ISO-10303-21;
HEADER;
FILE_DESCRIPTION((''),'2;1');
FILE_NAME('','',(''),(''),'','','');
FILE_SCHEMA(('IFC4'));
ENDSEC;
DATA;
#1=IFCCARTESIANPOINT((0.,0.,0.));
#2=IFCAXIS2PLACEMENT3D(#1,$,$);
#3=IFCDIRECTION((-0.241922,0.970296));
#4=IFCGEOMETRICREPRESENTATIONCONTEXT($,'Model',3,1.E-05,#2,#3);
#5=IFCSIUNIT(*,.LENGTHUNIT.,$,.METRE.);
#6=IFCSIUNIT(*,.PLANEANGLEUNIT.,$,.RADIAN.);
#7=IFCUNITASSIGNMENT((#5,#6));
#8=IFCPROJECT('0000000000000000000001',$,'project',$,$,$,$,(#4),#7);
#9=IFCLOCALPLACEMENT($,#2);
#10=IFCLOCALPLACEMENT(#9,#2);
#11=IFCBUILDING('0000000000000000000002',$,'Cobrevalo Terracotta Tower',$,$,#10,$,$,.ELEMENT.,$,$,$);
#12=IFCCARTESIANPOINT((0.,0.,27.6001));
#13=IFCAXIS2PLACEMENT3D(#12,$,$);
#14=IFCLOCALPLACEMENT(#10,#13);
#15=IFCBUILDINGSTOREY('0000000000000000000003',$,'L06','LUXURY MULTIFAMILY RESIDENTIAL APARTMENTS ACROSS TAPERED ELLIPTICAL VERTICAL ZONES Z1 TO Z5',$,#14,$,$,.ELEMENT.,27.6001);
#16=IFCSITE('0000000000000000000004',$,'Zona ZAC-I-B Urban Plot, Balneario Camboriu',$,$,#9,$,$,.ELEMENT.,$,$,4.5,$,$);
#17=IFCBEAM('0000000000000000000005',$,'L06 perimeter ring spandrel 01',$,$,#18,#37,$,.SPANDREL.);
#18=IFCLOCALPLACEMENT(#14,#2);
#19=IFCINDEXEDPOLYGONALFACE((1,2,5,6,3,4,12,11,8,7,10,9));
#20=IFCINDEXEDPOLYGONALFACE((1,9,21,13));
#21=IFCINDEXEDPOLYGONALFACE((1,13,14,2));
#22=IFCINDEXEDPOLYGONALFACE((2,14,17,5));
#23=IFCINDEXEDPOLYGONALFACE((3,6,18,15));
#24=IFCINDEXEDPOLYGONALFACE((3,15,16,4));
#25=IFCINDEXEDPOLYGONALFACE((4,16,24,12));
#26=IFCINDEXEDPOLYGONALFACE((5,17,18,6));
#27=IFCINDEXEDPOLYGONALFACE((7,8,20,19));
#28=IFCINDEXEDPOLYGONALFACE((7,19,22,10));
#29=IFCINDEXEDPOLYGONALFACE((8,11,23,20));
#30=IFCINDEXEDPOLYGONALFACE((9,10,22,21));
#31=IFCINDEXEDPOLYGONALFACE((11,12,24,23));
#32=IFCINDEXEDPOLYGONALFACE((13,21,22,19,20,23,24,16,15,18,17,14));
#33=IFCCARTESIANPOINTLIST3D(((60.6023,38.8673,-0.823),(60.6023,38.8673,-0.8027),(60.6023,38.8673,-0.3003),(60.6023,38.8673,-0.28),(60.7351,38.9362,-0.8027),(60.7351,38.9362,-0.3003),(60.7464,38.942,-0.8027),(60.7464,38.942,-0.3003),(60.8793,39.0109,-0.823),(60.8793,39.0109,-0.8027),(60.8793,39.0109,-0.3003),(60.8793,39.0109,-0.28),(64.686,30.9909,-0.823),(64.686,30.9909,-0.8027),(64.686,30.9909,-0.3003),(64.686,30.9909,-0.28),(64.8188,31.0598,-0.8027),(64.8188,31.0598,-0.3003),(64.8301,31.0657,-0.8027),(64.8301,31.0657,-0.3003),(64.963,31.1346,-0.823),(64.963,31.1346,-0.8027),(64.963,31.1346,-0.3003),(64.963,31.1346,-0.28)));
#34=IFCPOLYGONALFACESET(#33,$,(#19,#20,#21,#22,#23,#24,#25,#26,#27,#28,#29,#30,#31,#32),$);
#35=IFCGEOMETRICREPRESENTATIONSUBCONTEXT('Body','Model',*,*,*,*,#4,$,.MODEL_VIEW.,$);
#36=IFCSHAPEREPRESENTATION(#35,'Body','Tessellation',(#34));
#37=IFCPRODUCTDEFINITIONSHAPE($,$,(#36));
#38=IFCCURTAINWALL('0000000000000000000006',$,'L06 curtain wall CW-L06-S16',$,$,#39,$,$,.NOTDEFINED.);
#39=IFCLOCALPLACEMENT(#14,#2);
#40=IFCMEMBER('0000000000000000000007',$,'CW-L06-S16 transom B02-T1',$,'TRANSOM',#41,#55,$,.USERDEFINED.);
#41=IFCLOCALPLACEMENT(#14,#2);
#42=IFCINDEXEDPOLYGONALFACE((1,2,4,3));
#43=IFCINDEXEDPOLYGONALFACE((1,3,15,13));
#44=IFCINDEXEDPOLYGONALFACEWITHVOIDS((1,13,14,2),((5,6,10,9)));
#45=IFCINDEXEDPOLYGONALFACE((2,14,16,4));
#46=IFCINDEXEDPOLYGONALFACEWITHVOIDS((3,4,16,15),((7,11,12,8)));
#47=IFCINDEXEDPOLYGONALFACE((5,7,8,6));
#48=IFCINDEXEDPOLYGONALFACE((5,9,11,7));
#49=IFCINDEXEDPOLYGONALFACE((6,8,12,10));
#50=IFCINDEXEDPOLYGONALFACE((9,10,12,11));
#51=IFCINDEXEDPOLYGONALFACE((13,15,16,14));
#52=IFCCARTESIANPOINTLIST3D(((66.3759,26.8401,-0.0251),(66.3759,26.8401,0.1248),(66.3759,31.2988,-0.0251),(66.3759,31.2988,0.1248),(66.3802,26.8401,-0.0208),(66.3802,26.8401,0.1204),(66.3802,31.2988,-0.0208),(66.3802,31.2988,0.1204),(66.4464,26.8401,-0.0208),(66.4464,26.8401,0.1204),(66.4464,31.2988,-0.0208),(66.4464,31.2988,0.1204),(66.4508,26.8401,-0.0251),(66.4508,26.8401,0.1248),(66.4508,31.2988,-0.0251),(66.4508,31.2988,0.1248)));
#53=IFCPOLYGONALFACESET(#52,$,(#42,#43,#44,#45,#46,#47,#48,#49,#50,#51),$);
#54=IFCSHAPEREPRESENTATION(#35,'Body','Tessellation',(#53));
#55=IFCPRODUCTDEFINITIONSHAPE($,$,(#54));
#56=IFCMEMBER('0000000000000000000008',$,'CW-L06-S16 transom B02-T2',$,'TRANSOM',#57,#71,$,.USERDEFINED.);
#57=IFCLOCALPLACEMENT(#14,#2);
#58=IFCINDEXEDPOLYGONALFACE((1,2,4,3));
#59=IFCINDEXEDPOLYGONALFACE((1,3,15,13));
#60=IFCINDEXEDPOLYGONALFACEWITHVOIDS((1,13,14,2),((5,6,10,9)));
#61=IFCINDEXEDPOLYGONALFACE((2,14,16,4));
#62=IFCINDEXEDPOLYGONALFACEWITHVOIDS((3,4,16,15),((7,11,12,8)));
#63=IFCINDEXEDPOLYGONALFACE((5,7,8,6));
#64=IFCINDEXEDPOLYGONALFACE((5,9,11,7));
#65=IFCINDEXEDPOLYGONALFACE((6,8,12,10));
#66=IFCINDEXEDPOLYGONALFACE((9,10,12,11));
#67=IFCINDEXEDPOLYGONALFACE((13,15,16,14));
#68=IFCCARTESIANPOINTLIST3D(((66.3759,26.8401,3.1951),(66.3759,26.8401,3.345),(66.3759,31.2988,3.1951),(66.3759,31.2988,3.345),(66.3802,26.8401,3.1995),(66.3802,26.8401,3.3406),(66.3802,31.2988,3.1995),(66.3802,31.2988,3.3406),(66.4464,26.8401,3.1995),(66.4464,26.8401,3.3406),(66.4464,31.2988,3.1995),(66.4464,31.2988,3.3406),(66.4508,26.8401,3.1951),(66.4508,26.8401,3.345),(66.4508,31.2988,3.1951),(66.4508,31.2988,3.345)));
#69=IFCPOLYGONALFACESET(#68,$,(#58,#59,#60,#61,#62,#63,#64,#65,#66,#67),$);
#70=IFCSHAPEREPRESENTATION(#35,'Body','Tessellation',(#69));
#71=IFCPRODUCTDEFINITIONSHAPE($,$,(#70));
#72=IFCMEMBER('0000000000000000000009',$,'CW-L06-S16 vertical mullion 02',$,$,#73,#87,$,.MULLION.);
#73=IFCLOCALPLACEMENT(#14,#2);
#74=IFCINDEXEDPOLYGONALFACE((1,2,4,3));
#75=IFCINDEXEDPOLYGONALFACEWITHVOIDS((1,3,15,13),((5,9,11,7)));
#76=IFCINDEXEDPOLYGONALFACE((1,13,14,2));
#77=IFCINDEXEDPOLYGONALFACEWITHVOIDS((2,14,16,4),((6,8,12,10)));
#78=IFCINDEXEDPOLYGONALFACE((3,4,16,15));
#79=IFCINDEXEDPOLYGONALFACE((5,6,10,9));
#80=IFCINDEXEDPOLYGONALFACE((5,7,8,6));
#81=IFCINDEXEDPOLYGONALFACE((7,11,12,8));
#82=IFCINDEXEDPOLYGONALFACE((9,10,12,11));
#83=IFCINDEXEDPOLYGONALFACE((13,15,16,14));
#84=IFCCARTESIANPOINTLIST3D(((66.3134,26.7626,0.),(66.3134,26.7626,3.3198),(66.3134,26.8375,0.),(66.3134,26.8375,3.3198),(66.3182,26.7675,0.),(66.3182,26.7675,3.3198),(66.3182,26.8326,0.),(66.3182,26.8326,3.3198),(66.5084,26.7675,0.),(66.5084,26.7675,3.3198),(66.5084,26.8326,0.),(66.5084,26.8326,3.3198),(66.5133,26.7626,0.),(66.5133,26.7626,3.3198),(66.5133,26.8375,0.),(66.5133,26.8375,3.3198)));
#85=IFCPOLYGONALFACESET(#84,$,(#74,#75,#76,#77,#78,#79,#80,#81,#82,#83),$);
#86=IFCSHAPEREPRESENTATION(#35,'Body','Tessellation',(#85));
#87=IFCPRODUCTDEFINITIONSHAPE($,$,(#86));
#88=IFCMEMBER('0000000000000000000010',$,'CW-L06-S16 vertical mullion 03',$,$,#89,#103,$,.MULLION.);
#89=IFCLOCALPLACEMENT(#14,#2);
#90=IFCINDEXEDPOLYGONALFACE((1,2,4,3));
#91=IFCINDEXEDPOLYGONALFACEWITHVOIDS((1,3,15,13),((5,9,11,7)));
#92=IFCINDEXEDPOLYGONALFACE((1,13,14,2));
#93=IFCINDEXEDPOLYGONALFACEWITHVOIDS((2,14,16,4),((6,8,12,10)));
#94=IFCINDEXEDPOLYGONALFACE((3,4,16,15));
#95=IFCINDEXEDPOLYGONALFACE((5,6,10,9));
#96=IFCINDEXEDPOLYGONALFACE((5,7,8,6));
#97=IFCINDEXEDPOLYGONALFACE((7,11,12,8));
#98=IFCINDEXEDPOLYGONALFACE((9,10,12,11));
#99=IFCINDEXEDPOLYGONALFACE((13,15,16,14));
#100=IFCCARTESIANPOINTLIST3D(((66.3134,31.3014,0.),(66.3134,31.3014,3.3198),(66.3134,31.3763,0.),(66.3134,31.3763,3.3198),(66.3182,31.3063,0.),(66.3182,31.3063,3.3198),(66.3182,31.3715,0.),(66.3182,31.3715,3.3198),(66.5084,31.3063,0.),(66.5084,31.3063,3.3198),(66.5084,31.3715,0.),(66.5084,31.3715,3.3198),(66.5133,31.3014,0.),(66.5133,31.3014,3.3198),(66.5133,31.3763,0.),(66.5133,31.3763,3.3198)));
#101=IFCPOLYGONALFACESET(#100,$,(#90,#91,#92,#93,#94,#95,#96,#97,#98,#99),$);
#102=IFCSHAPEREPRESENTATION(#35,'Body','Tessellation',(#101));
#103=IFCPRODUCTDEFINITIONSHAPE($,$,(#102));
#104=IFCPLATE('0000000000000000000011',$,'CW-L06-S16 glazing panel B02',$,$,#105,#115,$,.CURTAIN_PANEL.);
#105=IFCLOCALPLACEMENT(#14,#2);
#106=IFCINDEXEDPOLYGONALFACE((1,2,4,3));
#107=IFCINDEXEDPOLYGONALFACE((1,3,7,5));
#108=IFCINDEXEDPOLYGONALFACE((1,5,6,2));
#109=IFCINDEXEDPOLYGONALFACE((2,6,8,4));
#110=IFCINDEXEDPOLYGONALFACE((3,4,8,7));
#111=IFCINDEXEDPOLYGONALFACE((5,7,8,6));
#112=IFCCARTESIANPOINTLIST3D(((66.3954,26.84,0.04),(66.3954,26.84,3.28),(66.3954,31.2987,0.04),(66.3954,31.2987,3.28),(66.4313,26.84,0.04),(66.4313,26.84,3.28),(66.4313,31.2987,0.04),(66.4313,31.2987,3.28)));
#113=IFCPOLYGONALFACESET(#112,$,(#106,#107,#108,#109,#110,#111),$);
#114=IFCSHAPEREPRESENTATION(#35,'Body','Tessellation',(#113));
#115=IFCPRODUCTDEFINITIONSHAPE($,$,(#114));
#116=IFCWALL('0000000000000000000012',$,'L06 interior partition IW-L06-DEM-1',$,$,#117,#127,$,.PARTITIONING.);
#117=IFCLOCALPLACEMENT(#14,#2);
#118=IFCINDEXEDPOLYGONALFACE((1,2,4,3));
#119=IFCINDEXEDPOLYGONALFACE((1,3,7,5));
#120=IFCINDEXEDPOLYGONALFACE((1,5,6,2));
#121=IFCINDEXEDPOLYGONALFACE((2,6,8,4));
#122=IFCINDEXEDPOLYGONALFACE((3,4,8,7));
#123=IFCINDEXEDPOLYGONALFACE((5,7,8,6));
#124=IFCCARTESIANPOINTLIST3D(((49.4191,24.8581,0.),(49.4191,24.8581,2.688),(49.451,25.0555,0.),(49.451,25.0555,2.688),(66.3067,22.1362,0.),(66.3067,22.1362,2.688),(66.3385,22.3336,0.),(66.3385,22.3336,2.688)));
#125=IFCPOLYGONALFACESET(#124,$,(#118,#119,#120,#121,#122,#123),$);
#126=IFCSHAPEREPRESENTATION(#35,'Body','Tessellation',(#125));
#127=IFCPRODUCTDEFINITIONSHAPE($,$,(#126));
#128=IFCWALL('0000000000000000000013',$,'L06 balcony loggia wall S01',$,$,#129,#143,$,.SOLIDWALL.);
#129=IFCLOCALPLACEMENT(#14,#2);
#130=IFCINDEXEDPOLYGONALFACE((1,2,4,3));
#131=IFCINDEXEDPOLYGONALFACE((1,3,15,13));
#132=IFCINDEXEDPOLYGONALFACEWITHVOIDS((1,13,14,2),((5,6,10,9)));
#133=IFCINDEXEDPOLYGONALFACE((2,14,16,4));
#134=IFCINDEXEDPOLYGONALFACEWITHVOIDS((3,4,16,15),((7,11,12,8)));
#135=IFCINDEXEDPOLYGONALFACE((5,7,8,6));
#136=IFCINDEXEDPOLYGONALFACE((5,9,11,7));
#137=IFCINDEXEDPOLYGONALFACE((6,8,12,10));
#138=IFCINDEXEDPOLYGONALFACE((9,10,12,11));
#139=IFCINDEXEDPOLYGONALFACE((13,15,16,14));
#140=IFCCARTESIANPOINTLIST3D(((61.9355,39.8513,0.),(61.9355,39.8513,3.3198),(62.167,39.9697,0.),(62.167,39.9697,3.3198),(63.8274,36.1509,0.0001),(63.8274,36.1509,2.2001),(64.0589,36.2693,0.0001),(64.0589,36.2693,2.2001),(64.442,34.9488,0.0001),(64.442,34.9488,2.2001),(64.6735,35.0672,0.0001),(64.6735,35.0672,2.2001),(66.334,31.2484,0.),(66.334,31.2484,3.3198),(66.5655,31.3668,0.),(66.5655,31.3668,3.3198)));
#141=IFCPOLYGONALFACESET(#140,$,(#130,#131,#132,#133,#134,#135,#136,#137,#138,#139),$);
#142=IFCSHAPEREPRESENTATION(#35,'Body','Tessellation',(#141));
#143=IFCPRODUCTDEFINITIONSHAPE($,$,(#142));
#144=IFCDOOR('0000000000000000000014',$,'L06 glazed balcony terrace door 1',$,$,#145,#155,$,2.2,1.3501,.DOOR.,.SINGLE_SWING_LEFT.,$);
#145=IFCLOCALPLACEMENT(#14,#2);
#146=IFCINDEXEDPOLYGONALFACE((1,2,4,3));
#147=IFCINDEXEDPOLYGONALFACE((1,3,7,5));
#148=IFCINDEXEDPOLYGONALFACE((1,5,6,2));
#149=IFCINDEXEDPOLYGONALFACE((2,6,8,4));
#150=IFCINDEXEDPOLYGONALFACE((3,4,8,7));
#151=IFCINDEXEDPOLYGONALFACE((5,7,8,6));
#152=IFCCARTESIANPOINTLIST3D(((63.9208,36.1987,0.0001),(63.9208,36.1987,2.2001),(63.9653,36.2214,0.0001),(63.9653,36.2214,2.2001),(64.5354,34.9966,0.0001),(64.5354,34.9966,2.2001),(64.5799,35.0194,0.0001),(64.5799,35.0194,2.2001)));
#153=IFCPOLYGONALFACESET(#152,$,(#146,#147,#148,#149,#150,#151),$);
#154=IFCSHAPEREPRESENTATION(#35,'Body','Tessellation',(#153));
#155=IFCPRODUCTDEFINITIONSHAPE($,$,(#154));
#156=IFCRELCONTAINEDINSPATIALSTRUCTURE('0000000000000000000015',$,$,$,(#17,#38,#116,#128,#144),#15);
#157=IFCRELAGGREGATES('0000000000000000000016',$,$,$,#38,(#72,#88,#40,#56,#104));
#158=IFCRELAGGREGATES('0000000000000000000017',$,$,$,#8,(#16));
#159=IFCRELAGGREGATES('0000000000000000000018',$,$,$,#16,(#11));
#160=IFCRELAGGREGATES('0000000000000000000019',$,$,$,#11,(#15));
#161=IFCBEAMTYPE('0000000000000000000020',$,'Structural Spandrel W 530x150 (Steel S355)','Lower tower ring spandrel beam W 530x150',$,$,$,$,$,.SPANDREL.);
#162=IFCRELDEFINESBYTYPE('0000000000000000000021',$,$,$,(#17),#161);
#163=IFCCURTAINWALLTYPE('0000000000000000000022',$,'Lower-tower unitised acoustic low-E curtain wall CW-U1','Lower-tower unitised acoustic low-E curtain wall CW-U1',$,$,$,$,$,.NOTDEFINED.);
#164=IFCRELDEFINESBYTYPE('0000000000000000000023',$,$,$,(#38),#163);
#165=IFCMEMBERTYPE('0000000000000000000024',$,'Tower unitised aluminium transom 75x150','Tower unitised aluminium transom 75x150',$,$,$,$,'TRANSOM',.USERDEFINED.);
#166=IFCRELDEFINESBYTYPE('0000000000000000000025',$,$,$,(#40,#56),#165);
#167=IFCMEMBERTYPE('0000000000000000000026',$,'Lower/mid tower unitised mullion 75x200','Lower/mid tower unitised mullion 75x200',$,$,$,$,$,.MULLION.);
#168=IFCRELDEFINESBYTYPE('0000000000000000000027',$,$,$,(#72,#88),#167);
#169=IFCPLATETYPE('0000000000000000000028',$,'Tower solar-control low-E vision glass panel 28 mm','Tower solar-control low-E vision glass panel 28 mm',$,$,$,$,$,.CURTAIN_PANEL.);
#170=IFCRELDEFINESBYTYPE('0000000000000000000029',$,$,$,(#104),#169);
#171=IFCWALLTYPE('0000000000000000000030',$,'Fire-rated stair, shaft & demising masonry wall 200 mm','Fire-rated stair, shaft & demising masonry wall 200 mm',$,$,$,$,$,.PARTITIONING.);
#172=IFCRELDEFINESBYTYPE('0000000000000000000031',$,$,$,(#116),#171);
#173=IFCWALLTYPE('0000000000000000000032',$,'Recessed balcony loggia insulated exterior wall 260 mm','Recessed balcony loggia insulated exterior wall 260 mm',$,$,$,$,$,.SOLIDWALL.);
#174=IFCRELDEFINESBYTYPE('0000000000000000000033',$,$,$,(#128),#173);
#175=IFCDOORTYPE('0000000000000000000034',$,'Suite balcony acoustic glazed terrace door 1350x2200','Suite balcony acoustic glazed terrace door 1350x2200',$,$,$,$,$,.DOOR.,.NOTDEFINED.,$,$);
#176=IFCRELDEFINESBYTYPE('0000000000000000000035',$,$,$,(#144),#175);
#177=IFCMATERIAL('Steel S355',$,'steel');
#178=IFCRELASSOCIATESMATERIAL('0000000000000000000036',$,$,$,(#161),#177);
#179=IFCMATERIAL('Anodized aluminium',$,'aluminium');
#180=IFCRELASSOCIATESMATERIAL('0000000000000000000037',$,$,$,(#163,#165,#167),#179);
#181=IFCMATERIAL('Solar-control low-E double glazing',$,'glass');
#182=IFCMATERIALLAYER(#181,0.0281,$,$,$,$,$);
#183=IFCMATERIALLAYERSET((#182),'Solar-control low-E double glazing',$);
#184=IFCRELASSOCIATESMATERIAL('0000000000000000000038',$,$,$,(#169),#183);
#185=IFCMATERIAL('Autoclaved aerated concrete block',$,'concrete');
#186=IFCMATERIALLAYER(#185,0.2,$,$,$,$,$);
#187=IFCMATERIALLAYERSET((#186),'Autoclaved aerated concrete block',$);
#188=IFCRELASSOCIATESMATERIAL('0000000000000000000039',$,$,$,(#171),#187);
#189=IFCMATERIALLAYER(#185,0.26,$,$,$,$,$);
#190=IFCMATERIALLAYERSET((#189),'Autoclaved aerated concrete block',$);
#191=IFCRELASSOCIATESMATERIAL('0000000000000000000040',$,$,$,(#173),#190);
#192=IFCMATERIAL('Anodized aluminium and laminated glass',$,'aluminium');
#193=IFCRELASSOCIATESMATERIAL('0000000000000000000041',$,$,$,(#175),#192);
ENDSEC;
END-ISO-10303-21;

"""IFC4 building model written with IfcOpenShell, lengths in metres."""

from ifc_helpers import new_model, si_unit, direction, frame, frame_2d, origin, origin_2d, place, context, subcontext, project, spatial, rectangle, hollow_rectangle, i_section, extrude, source, transform, mapped, material, layer, layer_set, material_profile, profile_set, type_object, element, fill, aggregate, save


model = new_model("IFC4")

# Units and contexts
model_context = context("Model", 3, precision=1e-05, world=origin(), true_north=direction((-0.241922, 0.970296)))
body_context = subcontext(model_context, "Body", "Model", "MODEL_VIEW")
ifc_project = project(units=[si_unit("LENGTHUNIT", "METRE"), si_unit("PLANEANGLEUNIT", "RADIAN")], contexts=[model_context])

# Site, building, storey
site_placement = place(None, origin())
site = spatial("IfcSite", under=ifc_project, at=site_placement, Name="Zona ZAC-I-B Urban Plot, Balneario Camboriu", CompositionType="ELEMENT", RefElevation=4.5)
building_placement = place(site_placement, origin())
building = spatial("IfcBuilding", under=site, at=building_placement, Name="Cobrevalo Terracotta Tower", CompositionType="ELEMENT")
storey_placement = place(building_placement, frame((0.0, 0.0, 27.6001)))
storey = spatial("IfcBuildingStorey", under=building, at=storey_placement, Name="L06", Description="LUXURY MULTIFAMILY RESIDENTIAL APARTMENTS ACROSS TAPERED ELLIPTICAL VERTICAL ZONES Z1 TO Z5", CompositionType="ELEMENT", Elevation=27.6001)

# Shared definitions
ifc_material_1 = material(Name="Steel S355", Category="steel")

# Beam
ifc_material_profile_1 = material_profile(ifc_material_1, i_section(OverallWidth=0.312, OverallDepth=0.543, WebThickness=0.0127, FlangeThickness=0.0203, at=origin_2d()), Name="W 530x150")
ifc_profile_set_1 = profile_set([ifc_material_profile_1], Name="Steel S355")
beam_type_1 = type_object("IfcBeamType", Name="Structural Spandrel W 530x150 (Steel S355)", Description="Lower tower ring spandrel beam W 530x150", PredefinedType="SPANDREL", material=ifc_profile_set_1)
beam_1_placement = place(storey_placement, frame((64.8245, 31.0627, -0.5515), z_axis=(-0.460286, 0.887771, 0.0), x_axis=(-0.887771, -0.460286, 0.0)))
element("IfcBeam", 1, at=beam_1_placement, inside=storey, type_object=beam_type_1, Name="L06 perimeter ring spandrel 01", PredefinedType="SPANDREL", context=body_context, shape_type="SweptSolid", body=[
    extrude(i_section(OverallWidth=0.312, OverallDepth=0.543, WebThickness=0.0127, FlangeThickness=0.0203, at=origin_2d()), origin(), (0.0, 0.0, 1.0), 8.8721),
])

# Curtain wall, members, plate
ifc_material_2 = material(Name="Anodized aluminium", Category="aluminium")
curtain_wall_type = type_object("IfcCurtainWallType", Name="Lower-tower unitised acoustic low-E curtain wall CW-U1", Description="Lower-tower unitised acoustic low-E curtain wall CW-U1", PredefinedType="NOTDEFINED", material=ifc_material_2)
curtain_wall_placement = place(storey_placement, origin())
curtain_wall = element("IfcCurtainWall", 2, at=curtain_wall_placement, inside=storey, type_object=curtain_wall_type, Name="L06 curtain wall CW-L06-S16", PredefinedType="NOTDEFINED")
ifc_material_profile_2 = material_profile(ifc_material_2, hollow_rectangle(XDim=0.075, YDim=0.1499, WallThickness=0.0044, at=origin_2d()), Name="CWT 75x150")
ifc_profile_set_2 = profile_set([ifc_material_profile_2], Name="Anodized aluminium")
member_type_1 = type_object("IfcMemberType", Name="Tower unitised aluminium transom 75x150", Description="Tower unitised aluminium transom 75x150", ElementType="TRANSOM", PredefinedType="USERDEFINED", material=ifc_profile_set_2)
shared_shape_1 = source(origin(), body_context, "Body", "SweptSolid", [
    extrude(hollow_rectangle(XDim=0.075, YDim=0.1499, WallThickness=0.0044, at=origin_2d()), origin(), (0.0, 0.0, 1.0), 4.4587),
])
member_1_placement = place(storey_placement, frame((66.4133, 26.8401, 0.0498), z_axis=(0.0, 1.0, 0.0), x_axis=(-1.0, 0.0, 0.0)))
member_1 = element("IfcMember", 3, at=member_1_placement, type_object=member_type_1, Name="CW-L06-S16 transom B02-T1", ObjectType="TRANSOM", PredefinedType="USERDEFINED", context=body_context, shape_type="MappedRepresentation", body=[
    mapped(shared_shape_1, transform((0.0, 0.0, 0.0), scale=1.0)),
])
member_2_placement = place(storey_placement, frame((66.4133, 26.8401, 3.27), z_axis=(0.0, 1.0, 0.0), x_axis=(-1.0, 0.0, 0.0)))
member_2 = element("IfcMember", 4, at=member_2_placement, type_object=member_type_1, Name="CW-L06-S16 transom B02-T2", ObjectType="TRANSOM", PredefinedType="USERDEFINED", context=body_context, shape_type="MappedRepresentation", body=[
    mapped(shared_shape_1, transform((0.0, 0.0, 0.0), scale=1.0)),
])
ifc_material_profile_3 = material_profile(ifc_material_2, hollow_rectangle(XDim=0.075, YDim=0.2, WallThickness=0.0049, at=origin_2d()), Name="CWM 75x200")
ifc_profile_set_3 = profile_set([ifc_material_profile_3], Name="Anodized aluminium")
member_type_2 = type_object("IfcMemberType", Name="Lower/mid tower unitised mullion 75x200", Description="Lower/mid tower unitised mullion 75x200", PredefinedType="MULLION", material=ifc_profile_set_3)
shared_shape_2 = source(origin(), body_context, "Body", "SweptSolid", [
    extrude(hollow_rectangle(XDim=0.075, YDim=0.2, WallThickness=0.0049, at=origin_2d()), origin(), (0.0, 0.0, 1.0), 3.3198),
])
member_3_placement = place(storey_placement, frame((66.4133, 26.8, 0.0), z_axis=(0.0, 0.0, 1.0), x_axis=(0.0, 1.0, 0.0)))
member_3 = element("IfcMember", 5, at=member_3_placement, type_object=member_type_2, Name="CW-L06-S16 vertical mullion 02", PredefinedType="MULLION", context=body_context, shape_type="MappedRepresentation", body=[
    mapped(shared_shape_2, transform((0.0, 0.0, 0.0), scale=1.0)),
])
member_4_placement = place(storey_placement, frame((66.4133, 31.3389, 0.0), z_axis=(0.0, 0.0, 1.0), x_axis=(0.0, 1.0, 0.0)))
member_4 = element("IfcMember", 6, at=member_4_placement, type_object=member_type_2, Name="CW-L06-S16 vertical mullion 03", PredefinedType="MULLION", context=body_context, shape_type="MappedRepresentation", body=[
    mapped(shared_shape_2, transform((0.0, 0.0, 0.0), scale=1.0)),
])
ifc_material_3 = material(Name="Solar-control low-E double glazing", Category="glass")
ifc_layer_1 = layer(ifc_material_3, 0.0281)
ifc_layer_set_1 = layer_set([ifc_layer_1], Name="Solar-control low-E double glazing")
plate_type = type_object("IfcPlateType", Name="Tower solar-control low-E vision glass panel 28 mm", Description="Tower solar-control low-E vision glass panel 28 mm", PredefinedType="CURTAIN_PANEL", material=ifc_layer_set_1)
shared_shape_3 = source(origin(), body_context, "Body", "SweptSolid", [
    extrude(rectangle(XDim=4.4587, YDim=0.0359, at=origin_2d()), origin(), (0.0, 0.0, 1.0), 3.24),
])
plate_placement = place(storey_placement, frame((66.4133, 29.0693, 0.04), z_axis=(0.0, 0.0, 1.0), x_axis=(0.0, 1.0, 0.0)))
plate = element("IfcPlate", 7, at=plate_placement, type_object=plate_type, Name="CW-L06-S16 glazing panel B02", PredefinedType="CURTAIN_PANEL", context=body_context, shape_type="MappedRepresentation", body=[
    mapped(shared_shape_3, transform((0.0, 0.0, 0.0), scale=1.0)),
])
aggregate(curtain_wall, [member_3, member_4, member_1, member_2, plate])

# Wall
ifc_material_4 = material(Name="Autoclaved aerated concrete block", Category="concrete")
ifc_layer_2 = layer(ifc_material_4, 0.2)
ifc_layer_set_2 = layer_set([ifc_layer_2], Name="Autoclaved aerated concrete block")
wall_type_1 = type_object("IfcWallType", Name="Fire-rated stair, shaft & demising masonry wall 200 mm", Description="Fire-rated stair, shaft & demising masonry wall 200 mm", PredefinedType="PARTITIONING", material=ifc_layer_set_2)
wall_1_placement = place(storey_placement, frame((49.4351, 24.9568, 0.0), z_axis=(0.0, 0.0, 1.0), x_axis=(0.987258, -0.159127, 0.0)))
element("IfcWall", 8, at=wall_1_placement, inside=storey, type_object=wall_type_1, Name="L06 interior partition IW-L06-DEM-1", PredefinedType="PARTITIONING", context=body_context, shape_type="SweptSolid", body=[
    extrude(rectangle(XDim=17.1055, YDim=0.2, at=frame_2d((8.5527, 0.0))), origin(), (0.0, 0.0, 1.0), 2.688),
])

# Wall, opening, door
ifc_layer_3 = layer(ifc_material_4, 0.26)
ifc_layer_set_3 = layer_set([ifc_layer_3], Name="Autoclaved aerated concrete block")
wall_type_2 = type_object("IfcWallType", Name="Recessed balcony loggia insulated exterior wall 260 mm", Description="Recessed balcony loggia insulated exterior wall 260 mm", PredefinedType="SOLIDWALL", material=ifc_layer_set_3)
wall_2_placement = place(storey_placement, frame((66.4497, 31.3076, 0.0), z_axis=(0.0, 0.0, 1.0), x_axis=(-0.455231, 0.890373, 0.0)))
wall_2 = element("IfcWall", 9, at=wall_2_placement, inside=storey, type_object=wall_type_2, Name="L06 balcony loggia wall S01", PredefinedType="SOLIDWALL", context=body_context, shape_type="SweptSolid", body=[
    extrude(rectangle(XDim=9.6621, YDim=0.26, at=frame_2d((4.8311, 0.0))), origin(), (0.0, 0.0, 1.0), 3.3198),
])
opening_1_placement = place(wall_2_placement, frame((4.156, 0.0, 0.0)))
opening_1 = element("IfcOpeningElement", 10, at=opening_1_placement, cuts=wall_2, PredefinedType="OPENING", context=body_context, shape_type="SweptSolid", body=[
    extrude(rectangle(XDim=1.3501, YDim=2.2, at=frame_2d((0.675, 1.1001))), frame((0.0, 0.1401, 0.0), z_axis=(0.0, -1.0, 0.0), x_axis=(1.0, 0.0, 0.0)), (0.0, 0.0, 1.0), 0.28),
])
ifc_material_5 = material(Name="Anodized aluminium and laminated glass", Category="aluminium")
door_type_1 = type_object("IfcDoorType", Name="Suite balcony acoustic glazed terrace door 1350x2200", Description="Suite balcony acoustic glazed terrace door 1350x2200", OperationType="NOTDEFINED", PredefinedType="DOOR", material=ifc_material_5)
shared_shape_4 = source(origin(), body_context, "Body", "SweptSolid", [
    extrude(rectangle(XDim=1.3501, YDim=2.2, at=frame_2d((0.675, 1.1001))), frame((0.0, 0.0249, 0.0), z_axis=(0.0, -1.0, 0.0), x_axis=(1.0, 0.0, 0.0)), (0.0, 0.0, 1.0), 0.05),
])
door_1_placement = place(opening_1_placement, frame((1.3501, 0.0, 0.0), z_axis=(0.0, 0.0, 1.0), x_axis=(-1.0, 0.0, 0.0)))
door_1 = element("IfcDoor", 11, at=door_1_placement, inside=storey, type_object=door_type_1, Name="L06 glazed balcony terrace door 1", OperationType="SINGLE_SWING_LEFT", OverallHeight=2.2, OverallWidth=1.3501, PredefinedType="DOOR", context=body_context, shape_type="MappedRepresentation", body=[
    mapped(shared_shape_4, transform((0.0, 0.0, 0.0), scale=1.0)),
])
fill(opening_1, door_1)

save(model, "model.ifc")
